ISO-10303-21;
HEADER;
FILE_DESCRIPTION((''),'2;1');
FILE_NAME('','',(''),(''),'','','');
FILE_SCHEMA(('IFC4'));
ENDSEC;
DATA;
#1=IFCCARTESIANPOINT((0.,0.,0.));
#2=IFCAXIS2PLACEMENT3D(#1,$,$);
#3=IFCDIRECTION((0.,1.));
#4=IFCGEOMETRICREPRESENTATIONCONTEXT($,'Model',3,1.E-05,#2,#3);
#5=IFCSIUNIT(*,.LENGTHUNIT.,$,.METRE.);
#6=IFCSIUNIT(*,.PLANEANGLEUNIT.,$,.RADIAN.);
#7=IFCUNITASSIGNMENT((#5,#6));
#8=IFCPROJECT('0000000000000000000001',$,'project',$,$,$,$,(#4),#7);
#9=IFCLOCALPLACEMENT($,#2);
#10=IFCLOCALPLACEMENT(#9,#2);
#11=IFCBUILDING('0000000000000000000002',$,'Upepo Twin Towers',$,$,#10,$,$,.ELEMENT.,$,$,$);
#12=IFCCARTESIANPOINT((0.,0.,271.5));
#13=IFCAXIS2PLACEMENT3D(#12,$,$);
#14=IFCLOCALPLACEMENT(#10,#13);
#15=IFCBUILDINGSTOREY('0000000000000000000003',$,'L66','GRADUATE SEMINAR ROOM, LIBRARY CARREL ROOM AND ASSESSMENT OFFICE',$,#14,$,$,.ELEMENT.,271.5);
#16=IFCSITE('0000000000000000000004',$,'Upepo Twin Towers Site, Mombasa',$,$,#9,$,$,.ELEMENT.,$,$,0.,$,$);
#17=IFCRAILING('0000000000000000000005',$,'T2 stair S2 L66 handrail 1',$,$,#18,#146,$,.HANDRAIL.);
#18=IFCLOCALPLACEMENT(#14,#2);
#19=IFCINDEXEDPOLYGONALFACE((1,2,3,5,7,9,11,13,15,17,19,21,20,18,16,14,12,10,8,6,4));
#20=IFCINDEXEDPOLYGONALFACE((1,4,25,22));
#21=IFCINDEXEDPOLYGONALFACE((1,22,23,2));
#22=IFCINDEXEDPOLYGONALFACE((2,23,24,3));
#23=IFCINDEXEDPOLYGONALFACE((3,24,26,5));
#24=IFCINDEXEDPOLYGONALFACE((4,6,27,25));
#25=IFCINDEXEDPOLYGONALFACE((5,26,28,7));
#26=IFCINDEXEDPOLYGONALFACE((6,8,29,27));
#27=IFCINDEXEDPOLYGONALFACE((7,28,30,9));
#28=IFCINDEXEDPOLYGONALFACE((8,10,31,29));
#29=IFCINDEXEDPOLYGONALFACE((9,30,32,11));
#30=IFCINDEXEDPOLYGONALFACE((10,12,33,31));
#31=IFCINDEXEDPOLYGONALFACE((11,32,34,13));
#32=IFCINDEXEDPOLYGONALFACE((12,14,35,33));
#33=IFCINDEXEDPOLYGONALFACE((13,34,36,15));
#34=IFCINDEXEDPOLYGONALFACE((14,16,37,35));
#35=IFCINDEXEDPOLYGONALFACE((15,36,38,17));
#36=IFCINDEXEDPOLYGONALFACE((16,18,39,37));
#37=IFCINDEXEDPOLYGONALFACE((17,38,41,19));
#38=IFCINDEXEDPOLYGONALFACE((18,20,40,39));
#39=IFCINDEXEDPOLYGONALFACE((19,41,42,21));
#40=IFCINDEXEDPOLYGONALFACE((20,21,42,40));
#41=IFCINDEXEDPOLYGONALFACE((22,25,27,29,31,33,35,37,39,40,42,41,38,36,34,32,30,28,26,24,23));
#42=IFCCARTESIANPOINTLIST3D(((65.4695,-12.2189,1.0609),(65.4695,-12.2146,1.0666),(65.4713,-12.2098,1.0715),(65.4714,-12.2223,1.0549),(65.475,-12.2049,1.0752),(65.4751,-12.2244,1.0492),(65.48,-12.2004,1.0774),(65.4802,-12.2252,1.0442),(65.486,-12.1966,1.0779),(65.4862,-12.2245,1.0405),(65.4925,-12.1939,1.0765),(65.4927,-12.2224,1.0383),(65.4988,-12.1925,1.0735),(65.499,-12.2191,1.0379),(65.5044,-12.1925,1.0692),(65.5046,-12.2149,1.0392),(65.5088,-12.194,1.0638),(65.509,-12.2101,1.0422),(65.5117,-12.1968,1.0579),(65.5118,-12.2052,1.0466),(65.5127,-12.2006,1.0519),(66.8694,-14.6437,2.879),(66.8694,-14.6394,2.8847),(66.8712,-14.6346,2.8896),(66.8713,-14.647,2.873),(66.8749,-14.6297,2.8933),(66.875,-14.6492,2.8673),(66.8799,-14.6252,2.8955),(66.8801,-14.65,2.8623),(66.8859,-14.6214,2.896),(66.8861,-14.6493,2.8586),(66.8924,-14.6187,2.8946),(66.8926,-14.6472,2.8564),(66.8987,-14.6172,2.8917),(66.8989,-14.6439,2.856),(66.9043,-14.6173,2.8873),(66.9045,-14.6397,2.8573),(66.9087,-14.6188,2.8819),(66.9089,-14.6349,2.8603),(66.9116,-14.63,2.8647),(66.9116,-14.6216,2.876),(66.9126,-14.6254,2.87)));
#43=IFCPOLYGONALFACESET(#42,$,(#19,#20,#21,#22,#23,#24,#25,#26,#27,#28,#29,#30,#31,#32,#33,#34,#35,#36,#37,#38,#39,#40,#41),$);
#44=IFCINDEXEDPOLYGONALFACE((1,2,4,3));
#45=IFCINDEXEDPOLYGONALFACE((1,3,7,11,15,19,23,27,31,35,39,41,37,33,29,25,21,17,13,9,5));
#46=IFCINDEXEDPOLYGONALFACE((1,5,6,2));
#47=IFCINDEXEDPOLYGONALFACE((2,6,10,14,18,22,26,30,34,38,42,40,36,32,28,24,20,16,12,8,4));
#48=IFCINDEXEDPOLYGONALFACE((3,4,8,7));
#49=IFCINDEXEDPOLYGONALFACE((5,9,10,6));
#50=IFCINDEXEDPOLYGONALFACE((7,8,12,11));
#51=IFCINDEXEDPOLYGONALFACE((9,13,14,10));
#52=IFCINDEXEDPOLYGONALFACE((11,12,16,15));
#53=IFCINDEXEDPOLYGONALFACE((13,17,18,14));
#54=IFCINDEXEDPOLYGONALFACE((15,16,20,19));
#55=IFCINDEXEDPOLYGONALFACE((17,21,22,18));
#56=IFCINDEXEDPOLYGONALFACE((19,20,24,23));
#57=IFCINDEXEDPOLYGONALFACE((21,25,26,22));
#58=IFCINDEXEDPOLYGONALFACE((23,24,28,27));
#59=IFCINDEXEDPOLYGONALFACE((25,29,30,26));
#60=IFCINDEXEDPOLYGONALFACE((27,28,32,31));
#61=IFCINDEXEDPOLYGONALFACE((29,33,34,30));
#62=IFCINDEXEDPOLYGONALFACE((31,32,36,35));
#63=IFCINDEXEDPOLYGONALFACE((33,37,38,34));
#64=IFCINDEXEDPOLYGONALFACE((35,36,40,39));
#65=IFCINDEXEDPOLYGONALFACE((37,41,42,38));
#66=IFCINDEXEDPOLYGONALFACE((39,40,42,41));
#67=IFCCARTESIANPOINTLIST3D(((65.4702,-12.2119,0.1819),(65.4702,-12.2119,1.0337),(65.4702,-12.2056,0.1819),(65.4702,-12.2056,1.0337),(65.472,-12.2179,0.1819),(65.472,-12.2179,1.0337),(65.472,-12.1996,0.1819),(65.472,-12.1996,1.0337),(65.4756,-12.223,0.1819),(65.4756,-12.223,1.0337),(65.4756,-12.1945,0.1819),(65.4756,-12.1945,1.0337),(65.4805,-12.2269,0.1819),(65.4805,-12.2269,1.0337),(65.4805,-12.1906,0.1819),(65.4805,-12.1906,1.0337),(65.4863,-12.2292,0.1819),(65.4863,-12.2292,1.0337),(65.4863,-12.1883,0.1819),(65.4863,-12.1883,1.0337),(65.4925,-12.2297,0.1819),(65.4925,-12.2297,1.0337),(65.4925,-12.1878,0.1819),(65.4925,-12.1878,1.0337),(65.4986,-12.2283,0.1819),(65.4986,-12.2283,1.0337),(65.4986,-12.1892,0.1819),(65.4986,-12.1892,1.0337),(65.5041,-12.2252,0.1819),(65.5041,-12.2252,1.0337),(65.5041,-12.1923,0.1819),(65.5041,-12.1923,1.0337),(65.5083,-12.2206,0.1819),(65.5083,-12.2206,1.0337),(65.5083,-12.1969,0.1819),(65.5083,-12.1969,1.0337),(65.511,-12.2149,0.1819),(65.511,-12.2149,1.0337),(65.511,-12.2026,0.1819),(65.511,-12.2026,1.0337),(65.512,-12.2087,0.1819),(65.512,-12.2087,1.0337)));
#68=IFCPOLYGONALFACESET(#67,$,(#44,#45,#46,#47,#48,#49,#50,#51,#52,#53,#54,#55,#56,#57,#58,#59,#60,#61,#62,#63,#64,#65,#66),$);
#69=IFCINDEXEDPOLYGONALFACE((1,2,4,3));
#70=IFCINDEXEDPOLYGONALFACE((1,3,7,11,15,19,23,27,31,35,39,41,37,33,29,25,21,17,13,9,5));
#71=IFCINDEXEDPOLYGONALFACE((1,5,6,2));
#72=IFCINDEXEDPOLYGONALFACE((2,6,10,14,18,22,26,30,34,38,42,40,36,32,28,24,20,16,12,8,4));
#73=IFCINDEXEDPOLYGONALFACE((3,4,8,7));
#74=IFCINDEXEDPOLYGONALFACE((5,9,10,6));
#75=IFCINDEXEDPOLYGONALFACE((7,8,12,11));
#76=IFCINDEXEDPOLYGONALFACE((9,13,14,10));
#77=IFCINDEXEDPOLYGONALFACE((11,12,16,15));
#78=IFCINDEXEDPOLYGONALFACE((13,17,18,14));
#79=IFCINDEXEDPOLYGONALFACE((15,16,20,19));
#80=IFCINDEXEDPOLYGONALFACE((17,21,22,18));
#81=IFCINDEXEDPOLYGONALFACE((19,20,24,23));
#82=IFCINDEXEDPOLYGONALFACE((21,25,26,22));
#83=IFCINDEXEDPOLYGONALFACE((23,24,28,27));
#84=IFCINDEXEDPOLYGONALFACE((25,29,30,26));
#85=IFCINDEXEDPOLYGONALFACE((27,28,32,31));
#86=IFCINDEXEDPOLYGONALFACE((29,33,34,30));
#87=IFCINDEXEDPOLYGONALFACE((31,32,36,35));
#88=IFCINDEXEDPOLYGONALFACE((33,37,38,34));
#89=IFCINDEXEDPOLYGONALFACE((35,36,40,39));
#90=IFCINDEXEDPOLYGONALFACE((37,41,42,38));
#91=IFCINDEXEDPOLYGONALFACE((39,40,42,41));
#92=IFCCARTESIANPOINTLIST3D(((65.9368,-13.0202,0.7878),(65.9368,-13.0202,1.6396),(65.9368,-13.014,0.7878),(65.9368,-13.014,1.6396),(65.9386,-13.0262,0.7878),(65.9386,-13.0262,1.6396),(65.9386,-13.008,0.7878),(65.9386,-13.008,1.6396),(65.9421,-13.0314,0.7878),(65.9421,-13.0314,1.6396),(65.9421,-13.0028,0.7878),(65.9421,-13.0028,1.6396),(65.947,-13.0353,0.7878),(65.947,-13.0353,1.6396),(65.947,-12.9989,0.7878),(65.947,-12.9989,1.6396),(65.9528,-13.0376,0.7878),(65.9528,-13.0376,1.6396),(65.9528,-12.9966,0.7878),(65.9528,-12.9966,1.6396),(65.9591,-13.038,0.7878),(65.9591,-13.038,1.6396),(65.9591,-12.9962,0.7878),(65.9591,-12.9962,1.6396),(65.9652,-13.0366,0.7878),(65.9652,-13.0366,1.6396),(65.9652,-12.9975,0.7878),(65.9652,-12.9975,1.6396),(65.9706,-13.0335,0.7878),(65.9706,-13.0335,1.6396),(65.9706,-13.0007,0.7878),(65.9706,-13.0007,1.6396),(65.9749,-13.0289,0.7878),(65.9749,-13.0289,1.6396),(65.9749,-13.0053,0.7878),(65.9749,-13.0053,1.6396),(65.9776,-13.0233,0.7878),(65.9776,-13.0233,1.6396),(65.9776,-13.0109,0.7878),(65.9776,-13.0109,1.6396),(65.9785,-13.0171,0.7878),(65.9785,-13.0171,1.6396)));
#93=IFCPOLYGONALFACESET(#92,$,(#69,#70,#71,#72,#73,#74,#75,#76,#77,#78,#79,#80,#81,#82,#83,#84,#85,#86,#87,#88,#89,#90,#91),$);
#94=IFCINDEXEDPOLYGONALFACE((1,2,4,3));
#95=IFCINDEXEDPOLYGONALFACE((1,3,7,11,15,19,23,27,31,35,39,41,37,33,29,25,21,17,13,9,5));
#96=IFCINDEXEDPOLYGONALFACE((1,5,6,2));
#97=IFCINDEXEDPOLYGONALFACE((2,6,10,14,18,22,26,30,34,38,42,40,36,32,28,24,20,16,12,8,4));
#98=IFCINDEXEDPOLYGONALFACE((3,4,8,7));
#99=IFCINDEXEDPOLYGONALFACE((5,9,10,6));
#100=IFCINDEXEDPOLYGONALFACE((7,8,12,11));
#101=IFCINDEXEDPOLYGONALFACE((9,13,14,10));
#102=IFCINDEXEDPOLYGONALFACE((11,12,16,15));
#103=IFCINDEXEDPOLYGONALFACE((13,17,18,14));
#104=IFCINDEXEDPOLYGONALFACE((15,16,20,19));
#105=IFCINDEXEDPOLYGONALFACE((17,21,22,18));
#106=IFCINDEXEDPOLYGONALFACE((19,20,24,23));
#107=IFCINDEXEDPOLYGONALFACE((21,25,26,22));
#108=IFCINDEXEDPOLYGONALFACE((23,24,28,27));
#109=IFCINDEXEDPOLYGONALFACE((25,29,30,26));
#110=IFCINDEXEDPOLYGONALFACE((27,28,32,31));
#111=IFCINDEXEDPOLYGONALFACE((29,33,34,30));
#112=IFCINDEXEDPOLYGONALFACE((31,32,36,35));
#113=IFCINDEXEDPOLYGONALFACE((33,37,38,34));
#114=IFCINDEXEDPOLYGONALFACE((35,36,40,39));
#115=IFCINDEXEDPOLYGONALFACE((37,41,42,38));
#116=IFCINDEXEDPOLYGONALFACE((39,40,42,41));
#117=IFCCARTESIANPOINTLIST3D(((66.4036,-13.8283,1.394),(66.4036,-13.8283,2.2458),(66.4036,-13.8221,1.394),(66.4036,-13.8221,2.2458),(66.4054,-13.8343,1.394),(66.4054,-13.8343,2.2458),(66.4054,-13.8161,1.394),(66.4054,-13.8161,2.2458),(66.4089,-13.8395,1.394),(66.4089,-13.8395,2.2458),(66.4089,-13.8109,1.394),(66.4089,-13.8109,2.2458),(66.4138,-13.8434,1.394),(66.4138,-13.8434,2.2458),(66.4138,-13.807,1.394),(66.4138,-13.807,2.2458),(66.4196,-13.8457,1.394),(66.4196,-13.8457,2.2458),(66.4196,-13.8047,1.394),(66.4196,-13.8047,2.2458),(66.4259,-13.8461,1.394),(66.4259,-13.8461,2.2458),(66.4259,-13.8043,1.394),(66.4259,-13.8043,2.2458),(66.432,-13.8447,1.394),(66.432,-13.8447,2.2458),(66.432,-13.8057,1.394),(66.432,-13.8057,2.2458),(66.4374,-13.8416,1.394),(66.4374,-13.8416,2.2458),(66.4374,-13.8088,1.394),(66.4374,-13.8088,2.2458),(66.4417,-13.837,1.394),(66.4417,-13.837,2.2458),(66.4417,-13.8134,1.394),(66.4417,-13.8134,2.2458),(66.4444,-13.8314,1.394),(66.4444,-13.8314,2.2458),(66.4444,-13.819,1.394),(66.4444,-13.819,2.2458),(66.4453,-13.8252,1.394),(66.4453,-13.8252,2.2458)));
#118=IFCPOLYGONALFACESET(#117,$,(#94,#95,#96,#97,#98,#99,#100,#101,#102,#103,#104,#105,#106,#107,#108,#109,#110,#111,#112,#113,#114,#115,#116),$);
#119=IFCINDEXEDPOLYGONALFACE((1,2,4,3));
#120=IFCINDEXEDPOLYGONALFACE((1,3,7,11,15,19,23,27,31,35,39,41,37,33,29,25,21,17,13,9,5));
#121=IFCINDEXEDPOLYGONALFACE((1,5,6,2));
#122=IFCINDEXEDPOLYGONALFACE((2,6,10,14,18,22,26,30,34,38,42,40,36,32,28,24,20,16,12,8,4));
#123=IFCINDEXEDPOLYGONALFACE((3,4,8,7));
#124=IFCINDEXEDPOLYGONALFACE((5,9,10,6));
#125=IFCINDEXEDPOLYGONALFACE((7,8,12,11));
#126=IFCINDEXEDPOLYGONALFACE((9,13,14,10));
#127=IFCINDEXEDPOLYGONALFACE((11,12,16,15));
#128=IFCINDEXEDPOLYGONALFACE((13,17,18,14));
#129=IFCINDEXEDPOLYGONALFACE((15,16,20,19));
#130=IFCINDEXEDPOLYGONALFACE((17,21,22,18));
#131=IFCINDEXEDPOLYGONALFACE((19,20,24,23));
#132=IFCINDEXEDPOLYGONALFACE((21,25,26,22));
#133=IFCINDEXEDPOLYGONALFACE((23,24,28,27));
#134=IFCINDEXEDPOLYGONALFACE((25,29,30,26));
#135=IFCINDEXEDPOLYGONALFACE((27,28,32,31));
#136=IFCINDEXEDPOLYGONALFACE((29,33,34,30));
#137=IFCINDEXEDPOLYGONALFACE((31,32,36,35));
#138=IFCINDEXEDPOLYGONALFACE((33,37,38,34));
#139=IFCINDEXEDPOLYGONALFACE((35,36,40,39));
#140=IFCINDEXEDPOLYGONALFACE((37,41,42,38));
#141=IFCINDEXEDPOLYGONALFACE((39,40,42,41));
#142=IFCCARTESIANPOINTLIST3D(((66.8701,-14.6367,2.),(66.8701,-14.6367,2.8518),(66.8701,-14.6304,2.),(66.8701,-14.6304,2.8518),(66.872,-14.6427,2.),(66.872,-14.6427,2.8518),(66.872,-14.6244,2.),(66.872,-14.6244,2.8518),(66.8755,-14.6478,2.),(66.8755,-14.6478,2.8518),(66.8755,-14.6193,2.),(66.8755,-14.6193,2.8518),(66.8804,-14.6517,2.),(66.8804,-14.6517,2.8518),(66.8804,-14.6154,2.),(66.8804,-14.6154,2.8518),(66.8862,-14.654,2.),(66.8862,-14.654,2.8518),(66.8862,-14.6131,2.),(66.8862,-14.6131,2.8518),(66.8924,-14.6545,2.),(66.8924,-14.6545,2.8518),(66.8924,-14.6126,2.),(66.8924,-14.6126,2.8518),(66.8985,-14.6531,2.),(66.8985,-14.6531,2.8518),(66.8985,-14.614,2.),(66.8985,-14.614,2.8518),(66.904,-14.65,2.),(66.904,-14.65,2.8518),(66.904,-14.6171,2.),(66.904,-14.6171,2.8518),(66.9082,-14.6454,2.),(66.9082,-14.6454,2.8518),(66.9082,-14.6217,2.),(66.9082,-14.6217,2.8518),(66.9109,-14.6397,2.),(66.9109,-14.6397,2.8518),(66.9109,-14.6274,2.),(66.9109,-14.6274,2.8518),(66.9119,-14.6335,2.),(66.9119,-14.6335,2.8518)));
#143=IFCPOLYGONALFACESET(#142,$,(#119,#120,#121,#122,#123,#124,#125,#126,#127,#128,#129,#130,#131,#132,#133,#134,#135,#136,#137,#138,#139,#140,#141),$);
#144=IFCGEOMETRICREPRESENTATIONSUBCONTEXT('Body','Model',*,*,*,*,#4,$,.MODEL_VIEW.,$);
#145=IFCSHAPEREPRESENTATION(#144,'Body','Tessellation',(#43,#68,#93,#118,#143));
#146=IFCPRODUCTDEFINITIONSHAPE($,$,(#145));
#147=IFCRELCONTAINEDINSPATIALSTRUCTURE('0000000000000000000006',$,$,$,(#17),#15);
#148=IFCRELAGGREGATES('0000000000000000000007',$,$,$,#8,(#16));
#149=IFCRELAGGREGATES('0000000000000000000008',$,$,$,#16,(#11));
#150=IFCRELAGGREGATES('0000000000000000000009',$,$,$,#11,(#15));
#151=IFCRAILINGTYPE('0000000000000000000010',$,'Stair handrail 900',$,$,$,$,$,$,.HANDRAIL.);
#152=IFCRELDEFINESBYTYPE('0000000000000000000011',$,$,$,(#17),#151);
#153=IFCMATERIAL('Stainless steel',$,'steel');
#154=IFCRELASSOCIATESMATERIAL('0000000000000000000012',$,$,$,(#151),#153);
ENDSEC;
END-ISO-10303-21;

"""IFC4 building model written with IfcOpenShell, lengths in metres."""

from ifc_helpers import new_model, si_unit, direction, frame, origin, origin_2d, place, context, subcontext, project, spatial, circle, extrude, material, type_object, element, save


model = new_model("IFC4")

# Units and contexts
model_context = context("Model", 3, precision=1e-05, world=origin(), true_north=direction((0.0, 1.0)))
body_context = subcontext(model_context, "Body", "Model", "MODEL_VIEW")
ifc_project = project(units=[si_unit("LENGTHUNIT", "METRE"), si_unit("PLANEANGLEUNIT", "RADIAN")], contexts=[model_context])

# Site, building, storey
site_placement = place(None, origin())
site = spatial("IfcSite", under=ifc_project, at=site_placement, Name="Upepo Twin Towers Site, Mombasa", CompositionType="ELEMENT", RefElevation=0.0)
building_placement = place(site_placement, origin())
building = spatial("IfcBuilding", under=site, at=building_placement, Name="Upepo Twin Towers", CompositionType="ELEMENT")
storey_placement = place(building_placement, frame((0.0, 0.0, 271.5)))
storey = spatial("IfcBuildingStorey", under=building, at=storey_placement, Name="L66", Description="GRADUATE SEMINAR ROOM, LIBRARY CARREL ROOM AND ASSESSMENT OFFICE", CompositionType="ELEMENT", Elevation=271.5)

# Railing
ifc_material_1 = material(Name="Stainless steel", Category="steel")
railing_type = type_object("IfcRailingType", Name="Stair handrail 900", PredefinedType="HANDRAIL", material=ifc_material_1)
railing_1_placement = place(storey_placement, frame((65.491, -12.2087, 0.1819)))
element("IfcRailing", 1, at=railing_1_placement, inside=storey, type_object=railing_type, Name="T2 stair S2 L66 handrail 1", PredefinedType="HANDRAIL", context=body_context, shape_type="SweptSolid", body=[
    extrude(circle(Radius=0.0239, at=origin_2d()), frame((0.0, 0.0, 0.876), z_axis=(0.419333, -0.726336, 0.544606), x_axis=(0.866035, 0.499984, 0.0)), (0.0, 0.0, 1.0), 3.3384),
    extrude(circle(Radius=0.021, at=origin_2d()), origin(), (0.0, 0.0, 1.0), 0.8518),
    extrude(circle(Radius=0.021, at=origin_2d()), frame((0.4666, -0.8083, 0.606)), (0.0, 0.0, 1.0), 0.8518),
    extrude(circle(Radius=0.021, at=origin_2d()), frame((0.9333, -1.6165, 1.2122)), (0.0, 0.0, 1.0), 0.8518),
    extrude(circle(Radius=0.021, at=origin_2d()), frame((1.3999, -2.4248, 1.8181)), (0.0, 0.0, 1.0), 0.8518),
])

save(model, "model.ifc")
